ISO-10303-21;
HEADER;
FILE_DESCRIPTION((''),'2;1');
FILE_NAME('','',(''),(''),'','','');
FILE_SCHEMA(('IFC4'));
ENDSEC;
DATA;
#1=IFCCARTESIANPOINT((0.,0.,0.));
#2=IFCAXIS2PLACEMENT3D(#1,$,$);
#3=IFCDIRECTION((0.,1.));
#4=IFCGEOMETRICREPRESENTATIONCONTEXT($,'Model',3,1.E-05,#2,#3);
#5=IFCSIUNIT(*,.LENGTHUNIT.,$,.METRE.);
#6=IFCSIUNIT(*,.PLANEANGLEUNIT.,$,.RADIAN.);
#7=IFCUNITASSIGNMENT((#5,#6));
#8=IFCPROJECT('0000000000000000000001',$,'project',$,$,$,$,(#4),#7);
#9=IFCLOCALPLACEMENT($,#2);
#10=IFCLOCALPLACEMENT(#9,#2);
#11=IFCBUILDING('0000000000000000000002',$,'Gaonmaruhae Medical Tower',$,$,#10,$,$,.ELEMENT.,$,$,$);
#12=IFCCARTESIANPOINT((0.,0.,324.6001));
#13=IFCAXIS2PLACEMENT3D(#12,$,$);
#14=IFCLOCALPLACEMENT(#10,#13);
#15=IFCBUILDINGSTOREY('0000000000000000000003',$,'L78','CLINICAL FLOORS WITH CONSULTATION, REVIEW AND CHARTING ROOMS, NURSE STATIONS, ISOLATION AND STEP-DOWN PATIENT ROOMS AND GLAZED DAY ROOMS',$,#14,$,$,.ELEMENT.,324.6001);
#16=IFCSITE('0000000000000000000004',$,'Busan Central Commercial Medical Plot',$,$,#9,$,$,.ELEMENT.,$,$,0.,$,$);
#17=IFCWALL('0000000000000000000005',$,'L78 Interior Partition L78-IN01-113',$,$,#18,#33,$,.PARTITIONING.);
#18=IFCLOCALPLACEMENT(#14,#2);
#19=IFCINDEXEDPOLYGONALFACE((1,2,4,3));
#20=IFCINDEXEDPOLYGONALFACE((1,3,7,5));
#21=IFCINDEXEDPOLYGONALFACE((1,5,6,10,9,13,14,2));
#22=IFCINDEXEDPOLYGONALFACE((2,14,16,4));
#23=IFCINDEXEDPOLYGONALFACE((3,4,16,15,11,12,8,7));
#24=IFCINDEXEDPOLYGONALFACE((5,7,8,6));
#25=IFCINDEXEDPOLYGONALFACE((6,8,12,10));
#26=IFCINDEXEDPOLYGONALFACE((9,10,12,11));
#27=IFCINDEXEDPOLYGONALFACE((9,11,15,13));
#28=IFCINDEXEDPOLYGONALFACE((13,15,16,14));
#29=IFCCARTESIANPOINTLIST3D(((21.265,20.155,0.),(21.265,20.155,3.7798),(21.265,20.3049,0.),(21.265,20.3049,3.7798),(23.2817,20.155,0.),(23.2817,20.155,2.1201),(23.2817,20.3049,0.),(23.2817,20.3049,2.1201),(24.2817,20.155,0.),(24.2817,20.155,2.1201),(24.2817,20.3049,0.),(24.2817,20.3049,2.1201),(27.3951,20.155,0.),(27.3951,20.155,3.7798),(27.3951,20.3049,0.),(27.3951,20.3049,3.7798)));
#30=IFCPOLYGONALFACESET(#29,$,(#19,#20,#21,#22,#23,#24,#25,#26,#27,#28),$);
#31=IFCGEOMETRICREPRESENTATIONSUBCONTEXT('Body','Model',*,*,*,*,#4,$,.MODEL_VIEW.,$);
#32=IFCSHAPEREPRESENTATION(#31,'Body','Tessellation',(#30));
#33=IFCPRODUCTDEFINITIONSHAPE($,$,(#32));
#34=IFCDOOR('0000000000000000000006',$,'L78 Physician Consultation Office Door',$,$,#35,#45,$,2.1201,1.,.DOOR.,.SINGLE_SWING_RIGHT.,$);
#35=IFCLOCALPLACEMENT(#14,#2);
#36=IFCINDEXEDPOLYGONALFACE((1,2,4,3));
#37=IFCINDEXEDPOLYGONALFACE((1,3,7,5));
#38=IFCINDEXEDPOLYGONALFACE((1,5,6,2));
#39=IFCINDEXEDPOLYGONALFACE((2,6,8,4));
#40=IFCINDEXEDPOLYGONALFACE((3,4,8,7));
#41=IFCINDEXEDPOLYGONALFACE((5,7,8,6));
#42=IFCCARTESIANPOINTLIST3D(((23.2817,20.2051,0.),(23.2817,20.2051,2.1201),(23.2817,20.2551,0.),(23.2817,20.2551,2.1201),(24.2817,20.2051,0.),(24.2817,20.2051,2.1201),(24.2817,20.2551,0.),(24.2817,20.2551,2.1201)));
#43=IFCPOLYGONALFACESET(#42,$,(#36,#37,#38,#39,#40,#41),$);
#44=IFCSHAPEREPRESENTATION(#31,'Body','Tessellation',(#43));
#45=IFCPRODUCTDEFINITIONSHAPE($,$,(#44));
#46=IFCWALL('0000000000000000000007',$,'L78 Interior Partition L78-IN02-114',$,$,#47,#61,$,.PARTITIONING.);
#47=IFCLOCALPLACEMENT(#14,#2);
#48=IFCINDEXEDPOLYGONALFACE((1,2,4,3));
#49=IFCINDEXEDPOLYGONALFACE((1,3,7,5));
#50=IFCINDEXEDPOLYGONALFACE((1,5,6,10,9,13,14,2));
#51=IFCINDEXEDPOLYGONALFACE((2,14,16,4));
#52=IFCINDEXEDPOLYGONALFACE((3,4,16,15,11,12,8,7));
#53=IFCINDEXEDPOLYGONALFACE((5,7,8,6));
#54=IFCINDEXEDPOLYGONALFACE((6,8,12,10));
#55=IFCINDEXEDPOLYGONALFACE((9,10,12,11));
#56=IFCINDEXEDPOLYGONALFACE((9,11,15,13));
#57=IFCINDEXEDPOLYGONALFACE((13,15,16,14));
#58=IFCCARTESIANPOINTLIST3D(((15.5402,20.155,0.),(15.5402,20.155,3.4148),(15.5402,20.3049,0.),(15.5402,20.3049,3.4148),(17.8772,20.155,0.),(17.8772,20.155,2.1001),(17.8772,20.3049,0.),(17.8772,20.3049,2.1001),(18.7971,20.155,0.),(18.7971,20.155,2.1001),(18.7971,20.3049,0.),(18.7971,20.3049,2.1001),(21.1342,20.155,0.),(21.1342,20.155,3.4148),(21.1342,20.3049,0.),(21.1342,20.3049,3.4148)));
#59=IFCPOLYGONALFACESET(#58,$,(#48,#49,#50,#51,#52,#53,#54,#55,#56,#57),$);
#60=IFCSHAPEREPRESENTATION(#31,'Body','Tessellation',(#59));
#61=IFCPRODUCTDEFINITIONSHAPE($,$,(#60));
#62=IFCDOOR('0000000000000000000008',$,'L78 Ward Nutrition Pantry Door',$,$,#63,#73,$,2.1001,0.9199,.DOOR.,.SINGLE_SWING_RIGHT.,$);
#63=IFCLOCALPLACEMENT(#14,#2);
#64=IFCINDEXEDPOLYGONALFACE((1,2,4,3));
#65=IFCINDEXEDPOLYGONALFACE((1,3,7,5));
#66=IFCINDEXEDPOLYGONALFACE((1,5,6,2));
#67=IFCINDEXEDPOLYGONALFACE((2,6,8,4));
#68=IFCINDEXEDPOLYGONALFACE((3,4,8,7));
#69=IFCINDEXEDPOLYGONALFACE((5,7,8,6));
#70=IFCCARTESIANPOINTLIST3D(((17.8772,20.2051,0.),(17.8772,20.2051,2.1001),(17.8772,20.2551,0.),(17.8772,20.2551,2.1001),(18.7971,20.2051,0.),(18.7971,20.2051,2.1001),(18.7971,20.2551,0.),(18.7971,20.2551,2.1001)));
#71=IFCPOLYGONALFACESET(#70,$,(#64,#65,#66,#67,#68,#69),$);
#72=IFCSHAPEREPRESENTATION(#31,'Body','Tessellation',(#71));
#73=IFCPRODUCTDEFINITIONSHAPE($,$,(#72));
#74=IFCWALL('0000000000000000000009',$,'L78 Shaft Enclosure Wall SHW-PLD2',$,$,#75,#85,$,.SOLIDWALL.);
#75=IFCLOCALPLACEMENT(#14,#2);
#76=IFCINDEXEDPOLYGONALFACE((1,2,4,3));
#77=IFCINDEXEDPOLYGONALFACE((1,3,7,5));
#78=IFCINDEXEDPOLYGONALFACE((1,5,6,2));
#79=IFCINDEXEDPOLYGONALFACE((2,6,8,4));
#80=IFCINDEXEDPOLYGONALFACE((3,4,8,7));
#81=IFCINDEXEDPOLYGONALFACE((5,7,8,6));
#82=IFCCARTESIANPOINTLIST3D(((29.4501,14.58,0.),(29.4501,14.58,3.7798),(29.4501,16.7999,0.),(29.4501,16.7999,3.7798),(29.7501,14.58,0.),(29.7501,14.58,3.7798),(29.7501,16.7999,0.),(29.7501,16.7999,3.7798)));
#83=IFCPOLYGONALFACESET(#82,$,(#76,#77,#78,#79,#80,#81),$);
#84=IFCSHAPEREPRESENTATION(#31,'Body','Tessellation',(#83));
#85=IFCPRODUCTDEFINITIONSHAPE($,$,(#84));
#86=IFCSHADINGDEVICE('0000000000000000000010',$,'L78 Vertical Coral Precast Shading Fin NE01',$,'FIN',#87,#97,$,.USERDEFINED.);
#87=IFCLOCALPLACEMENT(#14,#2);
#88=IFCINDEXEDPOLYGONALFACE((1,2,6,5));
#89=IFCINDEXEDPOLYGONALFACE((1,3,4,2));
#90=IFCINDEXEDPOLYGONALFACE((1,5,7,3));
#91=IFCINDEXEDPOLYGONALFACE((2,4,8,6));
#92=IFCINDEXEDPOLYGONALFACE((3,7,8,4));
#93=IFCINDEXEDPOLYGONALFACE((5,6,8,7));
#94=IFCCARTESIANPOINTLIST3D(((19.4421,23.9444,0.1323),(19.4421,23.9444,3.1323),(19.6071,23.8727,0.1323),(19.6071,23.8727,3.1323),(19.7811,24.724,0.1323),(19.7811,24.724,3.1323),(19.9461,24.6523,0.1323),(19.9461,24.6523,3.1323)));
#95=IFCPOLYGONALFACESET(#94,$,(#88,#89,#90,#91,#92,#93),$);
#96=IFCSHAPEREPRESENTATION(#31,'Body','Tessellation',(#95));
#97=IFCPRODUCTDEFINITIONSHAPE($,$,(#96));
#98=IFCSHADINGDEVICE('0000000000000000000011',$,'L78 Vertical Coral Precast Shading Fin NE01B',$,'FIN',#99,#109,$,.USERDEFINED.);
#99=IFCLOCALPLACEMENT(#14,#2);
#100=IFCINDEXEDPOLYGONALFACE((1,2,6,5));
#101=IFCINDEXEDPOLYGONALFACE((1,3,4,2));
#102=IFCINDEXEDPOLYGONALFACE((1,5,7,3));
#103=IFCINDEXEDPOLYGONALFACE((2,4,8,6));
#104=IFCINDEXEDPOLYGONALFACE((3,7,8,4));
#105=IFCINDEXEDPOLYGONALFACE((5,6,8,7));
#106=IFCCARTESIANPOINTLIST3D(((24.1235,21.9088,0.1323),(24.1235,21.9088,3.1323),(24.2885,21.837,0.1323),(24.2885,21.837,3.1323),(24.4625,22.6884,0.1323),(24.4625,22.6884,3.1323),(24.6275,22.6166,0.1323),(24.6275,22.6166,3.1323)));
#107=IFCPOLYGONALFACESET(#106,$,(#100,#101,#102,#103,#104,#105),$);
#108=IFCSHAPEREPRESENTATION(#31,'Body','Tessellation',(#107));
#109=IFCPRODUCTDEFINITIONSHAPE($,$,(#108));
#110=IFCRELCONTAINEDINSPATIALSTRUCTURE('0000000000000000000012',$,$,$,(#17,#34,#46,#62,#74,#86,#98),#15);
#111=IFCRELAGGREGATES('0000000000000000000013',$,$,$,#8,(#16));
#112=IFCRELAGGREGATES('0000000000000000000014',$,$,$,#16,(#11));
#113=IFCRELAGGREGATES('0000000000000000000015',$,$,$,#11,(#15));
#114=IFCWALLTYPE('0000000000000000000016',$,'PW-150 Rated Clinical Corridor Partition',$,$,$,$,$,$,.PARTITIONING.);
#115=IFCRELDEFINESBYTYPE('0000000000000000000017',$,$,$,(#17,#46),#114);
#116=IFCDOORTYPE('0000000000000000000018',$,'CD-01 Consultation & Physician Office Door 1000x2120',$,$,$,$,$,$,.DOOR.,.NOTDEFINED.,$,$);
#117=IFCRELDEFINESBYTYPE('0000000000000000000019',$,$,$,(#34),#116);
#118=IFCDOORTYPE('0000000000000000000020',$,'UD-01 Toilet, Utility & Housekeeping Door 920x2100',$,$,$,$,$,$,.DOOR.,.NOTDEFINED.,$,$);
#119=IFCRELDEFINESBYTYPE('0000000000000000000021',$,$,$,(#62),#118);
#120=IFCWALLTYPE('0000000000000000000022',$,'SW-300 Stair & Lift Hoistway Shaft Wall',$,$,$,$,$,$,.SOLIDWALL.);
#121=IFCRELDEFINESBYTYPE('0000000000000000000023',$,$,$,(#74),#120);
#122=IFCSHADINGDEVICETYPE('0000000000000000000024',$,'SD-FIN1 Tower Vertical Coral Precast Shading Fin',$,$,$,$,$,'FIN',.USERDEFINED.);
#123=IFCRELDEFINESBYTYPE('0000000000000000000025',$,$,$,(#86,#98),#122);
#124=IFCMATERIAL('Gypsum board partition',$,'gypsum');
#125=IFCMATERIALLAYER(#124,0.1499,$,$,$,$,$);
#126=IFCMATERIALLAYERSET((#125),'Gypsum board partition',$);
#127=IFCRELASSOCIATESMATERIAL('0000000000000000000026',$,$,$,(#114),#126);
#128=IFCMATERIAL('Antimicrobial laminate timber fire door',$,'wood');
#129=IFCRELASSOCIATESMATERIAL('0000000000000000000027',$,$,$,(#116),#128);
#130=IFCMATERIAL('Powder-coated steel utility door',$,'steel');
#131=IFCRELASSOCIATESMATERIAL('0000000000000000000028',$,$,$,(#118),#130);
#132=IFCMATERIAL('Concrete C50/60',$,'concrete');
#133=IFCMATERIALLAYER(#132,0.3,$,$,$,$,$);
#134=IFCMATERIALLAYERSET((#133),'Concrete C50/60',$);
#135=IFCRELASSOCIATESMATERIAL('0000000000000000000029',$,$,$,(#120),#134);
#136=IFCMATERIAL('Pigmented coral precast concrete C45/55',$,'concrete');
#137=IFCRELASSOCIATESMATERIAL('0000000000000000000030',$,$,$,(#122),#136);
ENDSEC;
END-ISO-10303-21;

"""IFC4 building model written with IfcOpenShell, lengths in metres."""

from ifc_helpers import new_model, si_unit, direction, frame, frame_2d, origin, origin_2d, place, context, subcontext, project, spatial, rectangle, extrude, material, layer, layer_set, type_object, element, fill, save


model = new_model("IFC4")

# Units and contexts
model_context = context("Model", 3, precision=1e-05, world=origin(), true_north=direction((0.0, 1.0)))
body_context = subcontext(model_context, "Body", "Model", "MODEL_VIEW")
ifc_project = project(units=[si_unit("LENGTHUNIT", "METRE"), si_unit("PLANEANGLEUNIT", "RADIAN")], contexts=[model_context])

# Site, building, storey
site_placement = place(None, origin())
site = spatial("IfcSite", under=ifc_project, at=site_placement, Name="Busan Central Commercial Medical Plot", CompositionType="ELEMENT", RefElevation=0.0)
building_placement = place(site_placement, origin())
building = spatial("IfcBuilding", under=site, at=building_placement, Name="Gaonmaruhae Medical Tower", CompositionType="ELEMENT")
storey_placement = place(building_placement, frame((0.0, 0.0, 324.6001)))
storey = spatial("IfcBuildingStorey", under=building, at=storey_placement, Name="L78", Description="CLINICAL FLOORS WITH CONSULTATION, REVIEW AND CHARTING ROOMS, NURSE STATIONS, ISOLATION AND STEP-DOWN PATIENT ROOMS AND GLAZED DAY ROOMS", CompositionType="ELEMENT", Elevation=324.6001)

# Shared definitions
ifc_material_1 = material(Name="Concrete C50/60", Category="concrete")

# Shared definitions
ifc_material_2 = material(Name="Gypsum board partition", Category="gypsum")
ifc_layer_1 = layer(ifc_material_2, 0.1499)
ifc_layer_set_1 = layer_set([ifc_layer_1], Name="Gypsum board partition")
wall_type_1 = type_object("IfcWallType", Name="PW-150 Rated Clinical Corridor Partition", PredefinedType="PARTITIONING", material=ifc_layer_set_1)

# Walls, openings, doors
wall_1_placement = place(storey_placement, frame((27.395, 20.23, 0.0), z_axis=(0.0, 0.0, 1.0), x_axis=(-1.0, 0.0, 0.0)))
wall_1 = element("IfcWall", 1, at=wall_1_placement, inside=storey, type_object=wall_type_1, Name="L78 Interior Partition L78-IN01-113", PredefinedType="PARTITIONING", context=body_context, shape_type="SweptSolid", body=[
    extrude(rectangle(XDim=6.1301, YDim=0.1499, at=frame_2d((3.0649, 0.0))), origin(), (0.0, 0.0, 1.0), 3.7798),
])
opening_1_placement = place(wall_1_placement, frame((3.1133, 0.0, 0.0)))
opening_1 = element("IfcOpeningElement", 2, at=opening_1_placement, cuts=wall_1, PredefinedType="OPENING", context=body_context, shape_type="SweptSolid", body=[
    extrude(rectangle(XDim=1.0, YDim=2.1201, at=frame_2d((0.5, 1.0601))), frame((0.0, 0.085, 0.0), z_axis=(0.0, -1.0, 0.0), x_axis=(1.0, 0.0, 0.0)), (0.0, 0.0, 1.0), 0.1699),
])
ifc_material_3 = material(Name="Antimicrobial laminate timber fire door", Category="wood")
door_type_1 = type_object("IfcDoorType", Name="CD-01 Consultation & Physician Office Door 1000x2120", OperationType="NOTDEFINED", PredefinedType="DOOR", material=ifc_material_3)
door_1_placement = place(opening_1_placement, origin())
door_1 = element("IfcDoor", 3, at=door_1_placement, inside=storey, type_object=door_type_1, Name="L78 Physician Consultation Office Door", OperationType="SINGLE_SWING_RIGHT", OverallHeight=2.1201, OverallWidth=1.0, PredefinedType="DOOR", context=body_context, shape_type="SweptSolid", body=[
    extrude(rectangle(XDim=1.0, YDim=2.1201, at=frame_2d((0.5, 1.0601))), frame((0.0, 0.0249, 0.0), z_axis=(0.0, -1.0, 0.0), x_axis=(1.0, 0.0, 0.0)), (0.0, 0.0, 1.0), 0.05),
])
fill(opening_1, door_1)
wall_2_placement = place(storey_placement, frame((21.134, 20.23, 0.0), z_axis=(0.0, 0.0, 1.0), x_axis=(-1.0, 0.0, 0.0)))
wall_2 = element("IfcWall", 4, at=wall_2_placement, inside=storey, type_object=wall_type_1, Name="L78 Interior Partition L78-IN02-114", PredefinedType="PARTITIONING", context=body_context, shape_type="SweptSolid", body=[
    extrude(rectangle(XDim=5.594, YDim=0.1499, at=frame_2d((2.7969, 0.0))), origin(), (0.0, 0.0, 1.0), 3.4148),
])
opening_2_placement = place(wall_2_placement, frame((2.3369, 0.0, 0.0)))
opening_2 = element("IfcOpeningElement", 5, at=opening_2_placement, cuts=wall_2, PredefinedType="OPENING", context=body_context, shape_type="SweptSolid", body=[
    extrude(rectangle(XDim=0.9199, YDim=2.1001, at=frame_2d((0.46, 1.05))), frame((0.0, 0.085, 0.0), z_axis=(0.0, -1.0, 0.0), x_axis=(1.0, 0.0, 0.0)), (0.0, 0.0, 1.0), 0.1699),
])
ifc_material_4 = material(Name="Powder-coated steel utility door", Category="steel")
door_type_2 = type_object("IfcDoorType", Name="UD-01 Toilet, Utility & Housekeeping Door 920x2100", OperationType="NOTDEFINED", PredefinedType="DOOR", material=ifc_material_4)
door_2_placement = place(opening_2_placement, origin())
door_2 = element("IfcDoor", 6, at=door_2_placement, inside=storey, type_object=door_type_2, Name="L78 Ward Nutrition Pantry Door", OperationType="SINGLE_SWING_RIGHT", OverallHeight=2.1001, OverallWidth=0.9199, PredefinedType="DOOR", context=body_context, shape_type="SweptSolid", body=[
    extrude(rectangle(XDim=0.9199, YDim=2.1001, at=frame_2d((0.46, 1.05))), frame((0.0, 0.0249, 0.0), z_axis=(0.0, -1.0, 0.0), x_axis=(1.0, 0.0, 0.0)), (0.0, 0.0, 1.0), 0.05),
])
fill(opening_2, door_2)

# Shared definitions
ifc_layer_2 = layer(ifc_material_1, 0.3)
ifc_layer_set_2 = layer_set([ifc_layer_2], Name="Concrete C50/60")
wall_type_2 = type_object("IfcWallType", Name="SW-300 Stair & Lift Hoistway Shaft Wall", PredefinedType="SOLIDWALL", material=ifc_layer_set_2)

# Wall
wall_3_placement = place(storey_placement, frame((29.6001, 14.5801, 0.0), z_axis=(0.0, 0.0, 1.0), x_axis=(0.0, 1.0, 0.0)))
element("IfcWall", 7, at=wall_3_placement, inside=storey, type_object=wall_type_2, Name="L78 Shaft Enclosure Wall SHW-PLD2", PredefinedType="SOLIDWALL", context=body_context, shape_type="SweptSolid", body=[
    extrude(rectangle(XDim=2.22, YDim=0.3, at=frame_2d((1.1099, 0.0))), origin(), (0.0, 0.0, 1.0), 3.7798),
])

# Shading devices
ifc_material_5 = material(Name="Pigmented coral precast concrete C45/55", Category="concrete")
shading_device_type = type_object("IfcShadingDeviceType", Name="SD-FIN1 Tower Vertical Coral Precast Shading Fin", ElementType="FIN", PredefinedType="USERDEFINED", material=ifc_material_5)
for number, where, z_axis, x_axis, name in (
    (8, (19.6941, 24.2983, 0.1323), (0.0, 0.0, 1.0), (0.91706, -0.398749, 0.0), "L78 Vertical Coral Precast Shading Fin NE01"),
    (9, (24.3755, 22.2627, 0.1323), (0.0, 0.0, 1.0), (0.91706, -0.398749, 0.0), "L78 Vertical Coral Precast Shading Fin NE01B"),
):
    element("IfcShadingDevice", number, at=place(storey_placement, frame(where, z_axis=z_axis, x_axis=x_axis)), inside=storey, type_object=shading_device_type, Name=name, ObjectType="FIN", PredefinedType="USERDEFINED", context=body_context, shape_type="SweptSolid", body=[
        extrude(rectangle(XDim=0.1799, YDim=0.8501, at=origin_2d()), origin(), (0.0, 0.0, 1.0), 3.0),
    ])

save(model, "model.ifc")
